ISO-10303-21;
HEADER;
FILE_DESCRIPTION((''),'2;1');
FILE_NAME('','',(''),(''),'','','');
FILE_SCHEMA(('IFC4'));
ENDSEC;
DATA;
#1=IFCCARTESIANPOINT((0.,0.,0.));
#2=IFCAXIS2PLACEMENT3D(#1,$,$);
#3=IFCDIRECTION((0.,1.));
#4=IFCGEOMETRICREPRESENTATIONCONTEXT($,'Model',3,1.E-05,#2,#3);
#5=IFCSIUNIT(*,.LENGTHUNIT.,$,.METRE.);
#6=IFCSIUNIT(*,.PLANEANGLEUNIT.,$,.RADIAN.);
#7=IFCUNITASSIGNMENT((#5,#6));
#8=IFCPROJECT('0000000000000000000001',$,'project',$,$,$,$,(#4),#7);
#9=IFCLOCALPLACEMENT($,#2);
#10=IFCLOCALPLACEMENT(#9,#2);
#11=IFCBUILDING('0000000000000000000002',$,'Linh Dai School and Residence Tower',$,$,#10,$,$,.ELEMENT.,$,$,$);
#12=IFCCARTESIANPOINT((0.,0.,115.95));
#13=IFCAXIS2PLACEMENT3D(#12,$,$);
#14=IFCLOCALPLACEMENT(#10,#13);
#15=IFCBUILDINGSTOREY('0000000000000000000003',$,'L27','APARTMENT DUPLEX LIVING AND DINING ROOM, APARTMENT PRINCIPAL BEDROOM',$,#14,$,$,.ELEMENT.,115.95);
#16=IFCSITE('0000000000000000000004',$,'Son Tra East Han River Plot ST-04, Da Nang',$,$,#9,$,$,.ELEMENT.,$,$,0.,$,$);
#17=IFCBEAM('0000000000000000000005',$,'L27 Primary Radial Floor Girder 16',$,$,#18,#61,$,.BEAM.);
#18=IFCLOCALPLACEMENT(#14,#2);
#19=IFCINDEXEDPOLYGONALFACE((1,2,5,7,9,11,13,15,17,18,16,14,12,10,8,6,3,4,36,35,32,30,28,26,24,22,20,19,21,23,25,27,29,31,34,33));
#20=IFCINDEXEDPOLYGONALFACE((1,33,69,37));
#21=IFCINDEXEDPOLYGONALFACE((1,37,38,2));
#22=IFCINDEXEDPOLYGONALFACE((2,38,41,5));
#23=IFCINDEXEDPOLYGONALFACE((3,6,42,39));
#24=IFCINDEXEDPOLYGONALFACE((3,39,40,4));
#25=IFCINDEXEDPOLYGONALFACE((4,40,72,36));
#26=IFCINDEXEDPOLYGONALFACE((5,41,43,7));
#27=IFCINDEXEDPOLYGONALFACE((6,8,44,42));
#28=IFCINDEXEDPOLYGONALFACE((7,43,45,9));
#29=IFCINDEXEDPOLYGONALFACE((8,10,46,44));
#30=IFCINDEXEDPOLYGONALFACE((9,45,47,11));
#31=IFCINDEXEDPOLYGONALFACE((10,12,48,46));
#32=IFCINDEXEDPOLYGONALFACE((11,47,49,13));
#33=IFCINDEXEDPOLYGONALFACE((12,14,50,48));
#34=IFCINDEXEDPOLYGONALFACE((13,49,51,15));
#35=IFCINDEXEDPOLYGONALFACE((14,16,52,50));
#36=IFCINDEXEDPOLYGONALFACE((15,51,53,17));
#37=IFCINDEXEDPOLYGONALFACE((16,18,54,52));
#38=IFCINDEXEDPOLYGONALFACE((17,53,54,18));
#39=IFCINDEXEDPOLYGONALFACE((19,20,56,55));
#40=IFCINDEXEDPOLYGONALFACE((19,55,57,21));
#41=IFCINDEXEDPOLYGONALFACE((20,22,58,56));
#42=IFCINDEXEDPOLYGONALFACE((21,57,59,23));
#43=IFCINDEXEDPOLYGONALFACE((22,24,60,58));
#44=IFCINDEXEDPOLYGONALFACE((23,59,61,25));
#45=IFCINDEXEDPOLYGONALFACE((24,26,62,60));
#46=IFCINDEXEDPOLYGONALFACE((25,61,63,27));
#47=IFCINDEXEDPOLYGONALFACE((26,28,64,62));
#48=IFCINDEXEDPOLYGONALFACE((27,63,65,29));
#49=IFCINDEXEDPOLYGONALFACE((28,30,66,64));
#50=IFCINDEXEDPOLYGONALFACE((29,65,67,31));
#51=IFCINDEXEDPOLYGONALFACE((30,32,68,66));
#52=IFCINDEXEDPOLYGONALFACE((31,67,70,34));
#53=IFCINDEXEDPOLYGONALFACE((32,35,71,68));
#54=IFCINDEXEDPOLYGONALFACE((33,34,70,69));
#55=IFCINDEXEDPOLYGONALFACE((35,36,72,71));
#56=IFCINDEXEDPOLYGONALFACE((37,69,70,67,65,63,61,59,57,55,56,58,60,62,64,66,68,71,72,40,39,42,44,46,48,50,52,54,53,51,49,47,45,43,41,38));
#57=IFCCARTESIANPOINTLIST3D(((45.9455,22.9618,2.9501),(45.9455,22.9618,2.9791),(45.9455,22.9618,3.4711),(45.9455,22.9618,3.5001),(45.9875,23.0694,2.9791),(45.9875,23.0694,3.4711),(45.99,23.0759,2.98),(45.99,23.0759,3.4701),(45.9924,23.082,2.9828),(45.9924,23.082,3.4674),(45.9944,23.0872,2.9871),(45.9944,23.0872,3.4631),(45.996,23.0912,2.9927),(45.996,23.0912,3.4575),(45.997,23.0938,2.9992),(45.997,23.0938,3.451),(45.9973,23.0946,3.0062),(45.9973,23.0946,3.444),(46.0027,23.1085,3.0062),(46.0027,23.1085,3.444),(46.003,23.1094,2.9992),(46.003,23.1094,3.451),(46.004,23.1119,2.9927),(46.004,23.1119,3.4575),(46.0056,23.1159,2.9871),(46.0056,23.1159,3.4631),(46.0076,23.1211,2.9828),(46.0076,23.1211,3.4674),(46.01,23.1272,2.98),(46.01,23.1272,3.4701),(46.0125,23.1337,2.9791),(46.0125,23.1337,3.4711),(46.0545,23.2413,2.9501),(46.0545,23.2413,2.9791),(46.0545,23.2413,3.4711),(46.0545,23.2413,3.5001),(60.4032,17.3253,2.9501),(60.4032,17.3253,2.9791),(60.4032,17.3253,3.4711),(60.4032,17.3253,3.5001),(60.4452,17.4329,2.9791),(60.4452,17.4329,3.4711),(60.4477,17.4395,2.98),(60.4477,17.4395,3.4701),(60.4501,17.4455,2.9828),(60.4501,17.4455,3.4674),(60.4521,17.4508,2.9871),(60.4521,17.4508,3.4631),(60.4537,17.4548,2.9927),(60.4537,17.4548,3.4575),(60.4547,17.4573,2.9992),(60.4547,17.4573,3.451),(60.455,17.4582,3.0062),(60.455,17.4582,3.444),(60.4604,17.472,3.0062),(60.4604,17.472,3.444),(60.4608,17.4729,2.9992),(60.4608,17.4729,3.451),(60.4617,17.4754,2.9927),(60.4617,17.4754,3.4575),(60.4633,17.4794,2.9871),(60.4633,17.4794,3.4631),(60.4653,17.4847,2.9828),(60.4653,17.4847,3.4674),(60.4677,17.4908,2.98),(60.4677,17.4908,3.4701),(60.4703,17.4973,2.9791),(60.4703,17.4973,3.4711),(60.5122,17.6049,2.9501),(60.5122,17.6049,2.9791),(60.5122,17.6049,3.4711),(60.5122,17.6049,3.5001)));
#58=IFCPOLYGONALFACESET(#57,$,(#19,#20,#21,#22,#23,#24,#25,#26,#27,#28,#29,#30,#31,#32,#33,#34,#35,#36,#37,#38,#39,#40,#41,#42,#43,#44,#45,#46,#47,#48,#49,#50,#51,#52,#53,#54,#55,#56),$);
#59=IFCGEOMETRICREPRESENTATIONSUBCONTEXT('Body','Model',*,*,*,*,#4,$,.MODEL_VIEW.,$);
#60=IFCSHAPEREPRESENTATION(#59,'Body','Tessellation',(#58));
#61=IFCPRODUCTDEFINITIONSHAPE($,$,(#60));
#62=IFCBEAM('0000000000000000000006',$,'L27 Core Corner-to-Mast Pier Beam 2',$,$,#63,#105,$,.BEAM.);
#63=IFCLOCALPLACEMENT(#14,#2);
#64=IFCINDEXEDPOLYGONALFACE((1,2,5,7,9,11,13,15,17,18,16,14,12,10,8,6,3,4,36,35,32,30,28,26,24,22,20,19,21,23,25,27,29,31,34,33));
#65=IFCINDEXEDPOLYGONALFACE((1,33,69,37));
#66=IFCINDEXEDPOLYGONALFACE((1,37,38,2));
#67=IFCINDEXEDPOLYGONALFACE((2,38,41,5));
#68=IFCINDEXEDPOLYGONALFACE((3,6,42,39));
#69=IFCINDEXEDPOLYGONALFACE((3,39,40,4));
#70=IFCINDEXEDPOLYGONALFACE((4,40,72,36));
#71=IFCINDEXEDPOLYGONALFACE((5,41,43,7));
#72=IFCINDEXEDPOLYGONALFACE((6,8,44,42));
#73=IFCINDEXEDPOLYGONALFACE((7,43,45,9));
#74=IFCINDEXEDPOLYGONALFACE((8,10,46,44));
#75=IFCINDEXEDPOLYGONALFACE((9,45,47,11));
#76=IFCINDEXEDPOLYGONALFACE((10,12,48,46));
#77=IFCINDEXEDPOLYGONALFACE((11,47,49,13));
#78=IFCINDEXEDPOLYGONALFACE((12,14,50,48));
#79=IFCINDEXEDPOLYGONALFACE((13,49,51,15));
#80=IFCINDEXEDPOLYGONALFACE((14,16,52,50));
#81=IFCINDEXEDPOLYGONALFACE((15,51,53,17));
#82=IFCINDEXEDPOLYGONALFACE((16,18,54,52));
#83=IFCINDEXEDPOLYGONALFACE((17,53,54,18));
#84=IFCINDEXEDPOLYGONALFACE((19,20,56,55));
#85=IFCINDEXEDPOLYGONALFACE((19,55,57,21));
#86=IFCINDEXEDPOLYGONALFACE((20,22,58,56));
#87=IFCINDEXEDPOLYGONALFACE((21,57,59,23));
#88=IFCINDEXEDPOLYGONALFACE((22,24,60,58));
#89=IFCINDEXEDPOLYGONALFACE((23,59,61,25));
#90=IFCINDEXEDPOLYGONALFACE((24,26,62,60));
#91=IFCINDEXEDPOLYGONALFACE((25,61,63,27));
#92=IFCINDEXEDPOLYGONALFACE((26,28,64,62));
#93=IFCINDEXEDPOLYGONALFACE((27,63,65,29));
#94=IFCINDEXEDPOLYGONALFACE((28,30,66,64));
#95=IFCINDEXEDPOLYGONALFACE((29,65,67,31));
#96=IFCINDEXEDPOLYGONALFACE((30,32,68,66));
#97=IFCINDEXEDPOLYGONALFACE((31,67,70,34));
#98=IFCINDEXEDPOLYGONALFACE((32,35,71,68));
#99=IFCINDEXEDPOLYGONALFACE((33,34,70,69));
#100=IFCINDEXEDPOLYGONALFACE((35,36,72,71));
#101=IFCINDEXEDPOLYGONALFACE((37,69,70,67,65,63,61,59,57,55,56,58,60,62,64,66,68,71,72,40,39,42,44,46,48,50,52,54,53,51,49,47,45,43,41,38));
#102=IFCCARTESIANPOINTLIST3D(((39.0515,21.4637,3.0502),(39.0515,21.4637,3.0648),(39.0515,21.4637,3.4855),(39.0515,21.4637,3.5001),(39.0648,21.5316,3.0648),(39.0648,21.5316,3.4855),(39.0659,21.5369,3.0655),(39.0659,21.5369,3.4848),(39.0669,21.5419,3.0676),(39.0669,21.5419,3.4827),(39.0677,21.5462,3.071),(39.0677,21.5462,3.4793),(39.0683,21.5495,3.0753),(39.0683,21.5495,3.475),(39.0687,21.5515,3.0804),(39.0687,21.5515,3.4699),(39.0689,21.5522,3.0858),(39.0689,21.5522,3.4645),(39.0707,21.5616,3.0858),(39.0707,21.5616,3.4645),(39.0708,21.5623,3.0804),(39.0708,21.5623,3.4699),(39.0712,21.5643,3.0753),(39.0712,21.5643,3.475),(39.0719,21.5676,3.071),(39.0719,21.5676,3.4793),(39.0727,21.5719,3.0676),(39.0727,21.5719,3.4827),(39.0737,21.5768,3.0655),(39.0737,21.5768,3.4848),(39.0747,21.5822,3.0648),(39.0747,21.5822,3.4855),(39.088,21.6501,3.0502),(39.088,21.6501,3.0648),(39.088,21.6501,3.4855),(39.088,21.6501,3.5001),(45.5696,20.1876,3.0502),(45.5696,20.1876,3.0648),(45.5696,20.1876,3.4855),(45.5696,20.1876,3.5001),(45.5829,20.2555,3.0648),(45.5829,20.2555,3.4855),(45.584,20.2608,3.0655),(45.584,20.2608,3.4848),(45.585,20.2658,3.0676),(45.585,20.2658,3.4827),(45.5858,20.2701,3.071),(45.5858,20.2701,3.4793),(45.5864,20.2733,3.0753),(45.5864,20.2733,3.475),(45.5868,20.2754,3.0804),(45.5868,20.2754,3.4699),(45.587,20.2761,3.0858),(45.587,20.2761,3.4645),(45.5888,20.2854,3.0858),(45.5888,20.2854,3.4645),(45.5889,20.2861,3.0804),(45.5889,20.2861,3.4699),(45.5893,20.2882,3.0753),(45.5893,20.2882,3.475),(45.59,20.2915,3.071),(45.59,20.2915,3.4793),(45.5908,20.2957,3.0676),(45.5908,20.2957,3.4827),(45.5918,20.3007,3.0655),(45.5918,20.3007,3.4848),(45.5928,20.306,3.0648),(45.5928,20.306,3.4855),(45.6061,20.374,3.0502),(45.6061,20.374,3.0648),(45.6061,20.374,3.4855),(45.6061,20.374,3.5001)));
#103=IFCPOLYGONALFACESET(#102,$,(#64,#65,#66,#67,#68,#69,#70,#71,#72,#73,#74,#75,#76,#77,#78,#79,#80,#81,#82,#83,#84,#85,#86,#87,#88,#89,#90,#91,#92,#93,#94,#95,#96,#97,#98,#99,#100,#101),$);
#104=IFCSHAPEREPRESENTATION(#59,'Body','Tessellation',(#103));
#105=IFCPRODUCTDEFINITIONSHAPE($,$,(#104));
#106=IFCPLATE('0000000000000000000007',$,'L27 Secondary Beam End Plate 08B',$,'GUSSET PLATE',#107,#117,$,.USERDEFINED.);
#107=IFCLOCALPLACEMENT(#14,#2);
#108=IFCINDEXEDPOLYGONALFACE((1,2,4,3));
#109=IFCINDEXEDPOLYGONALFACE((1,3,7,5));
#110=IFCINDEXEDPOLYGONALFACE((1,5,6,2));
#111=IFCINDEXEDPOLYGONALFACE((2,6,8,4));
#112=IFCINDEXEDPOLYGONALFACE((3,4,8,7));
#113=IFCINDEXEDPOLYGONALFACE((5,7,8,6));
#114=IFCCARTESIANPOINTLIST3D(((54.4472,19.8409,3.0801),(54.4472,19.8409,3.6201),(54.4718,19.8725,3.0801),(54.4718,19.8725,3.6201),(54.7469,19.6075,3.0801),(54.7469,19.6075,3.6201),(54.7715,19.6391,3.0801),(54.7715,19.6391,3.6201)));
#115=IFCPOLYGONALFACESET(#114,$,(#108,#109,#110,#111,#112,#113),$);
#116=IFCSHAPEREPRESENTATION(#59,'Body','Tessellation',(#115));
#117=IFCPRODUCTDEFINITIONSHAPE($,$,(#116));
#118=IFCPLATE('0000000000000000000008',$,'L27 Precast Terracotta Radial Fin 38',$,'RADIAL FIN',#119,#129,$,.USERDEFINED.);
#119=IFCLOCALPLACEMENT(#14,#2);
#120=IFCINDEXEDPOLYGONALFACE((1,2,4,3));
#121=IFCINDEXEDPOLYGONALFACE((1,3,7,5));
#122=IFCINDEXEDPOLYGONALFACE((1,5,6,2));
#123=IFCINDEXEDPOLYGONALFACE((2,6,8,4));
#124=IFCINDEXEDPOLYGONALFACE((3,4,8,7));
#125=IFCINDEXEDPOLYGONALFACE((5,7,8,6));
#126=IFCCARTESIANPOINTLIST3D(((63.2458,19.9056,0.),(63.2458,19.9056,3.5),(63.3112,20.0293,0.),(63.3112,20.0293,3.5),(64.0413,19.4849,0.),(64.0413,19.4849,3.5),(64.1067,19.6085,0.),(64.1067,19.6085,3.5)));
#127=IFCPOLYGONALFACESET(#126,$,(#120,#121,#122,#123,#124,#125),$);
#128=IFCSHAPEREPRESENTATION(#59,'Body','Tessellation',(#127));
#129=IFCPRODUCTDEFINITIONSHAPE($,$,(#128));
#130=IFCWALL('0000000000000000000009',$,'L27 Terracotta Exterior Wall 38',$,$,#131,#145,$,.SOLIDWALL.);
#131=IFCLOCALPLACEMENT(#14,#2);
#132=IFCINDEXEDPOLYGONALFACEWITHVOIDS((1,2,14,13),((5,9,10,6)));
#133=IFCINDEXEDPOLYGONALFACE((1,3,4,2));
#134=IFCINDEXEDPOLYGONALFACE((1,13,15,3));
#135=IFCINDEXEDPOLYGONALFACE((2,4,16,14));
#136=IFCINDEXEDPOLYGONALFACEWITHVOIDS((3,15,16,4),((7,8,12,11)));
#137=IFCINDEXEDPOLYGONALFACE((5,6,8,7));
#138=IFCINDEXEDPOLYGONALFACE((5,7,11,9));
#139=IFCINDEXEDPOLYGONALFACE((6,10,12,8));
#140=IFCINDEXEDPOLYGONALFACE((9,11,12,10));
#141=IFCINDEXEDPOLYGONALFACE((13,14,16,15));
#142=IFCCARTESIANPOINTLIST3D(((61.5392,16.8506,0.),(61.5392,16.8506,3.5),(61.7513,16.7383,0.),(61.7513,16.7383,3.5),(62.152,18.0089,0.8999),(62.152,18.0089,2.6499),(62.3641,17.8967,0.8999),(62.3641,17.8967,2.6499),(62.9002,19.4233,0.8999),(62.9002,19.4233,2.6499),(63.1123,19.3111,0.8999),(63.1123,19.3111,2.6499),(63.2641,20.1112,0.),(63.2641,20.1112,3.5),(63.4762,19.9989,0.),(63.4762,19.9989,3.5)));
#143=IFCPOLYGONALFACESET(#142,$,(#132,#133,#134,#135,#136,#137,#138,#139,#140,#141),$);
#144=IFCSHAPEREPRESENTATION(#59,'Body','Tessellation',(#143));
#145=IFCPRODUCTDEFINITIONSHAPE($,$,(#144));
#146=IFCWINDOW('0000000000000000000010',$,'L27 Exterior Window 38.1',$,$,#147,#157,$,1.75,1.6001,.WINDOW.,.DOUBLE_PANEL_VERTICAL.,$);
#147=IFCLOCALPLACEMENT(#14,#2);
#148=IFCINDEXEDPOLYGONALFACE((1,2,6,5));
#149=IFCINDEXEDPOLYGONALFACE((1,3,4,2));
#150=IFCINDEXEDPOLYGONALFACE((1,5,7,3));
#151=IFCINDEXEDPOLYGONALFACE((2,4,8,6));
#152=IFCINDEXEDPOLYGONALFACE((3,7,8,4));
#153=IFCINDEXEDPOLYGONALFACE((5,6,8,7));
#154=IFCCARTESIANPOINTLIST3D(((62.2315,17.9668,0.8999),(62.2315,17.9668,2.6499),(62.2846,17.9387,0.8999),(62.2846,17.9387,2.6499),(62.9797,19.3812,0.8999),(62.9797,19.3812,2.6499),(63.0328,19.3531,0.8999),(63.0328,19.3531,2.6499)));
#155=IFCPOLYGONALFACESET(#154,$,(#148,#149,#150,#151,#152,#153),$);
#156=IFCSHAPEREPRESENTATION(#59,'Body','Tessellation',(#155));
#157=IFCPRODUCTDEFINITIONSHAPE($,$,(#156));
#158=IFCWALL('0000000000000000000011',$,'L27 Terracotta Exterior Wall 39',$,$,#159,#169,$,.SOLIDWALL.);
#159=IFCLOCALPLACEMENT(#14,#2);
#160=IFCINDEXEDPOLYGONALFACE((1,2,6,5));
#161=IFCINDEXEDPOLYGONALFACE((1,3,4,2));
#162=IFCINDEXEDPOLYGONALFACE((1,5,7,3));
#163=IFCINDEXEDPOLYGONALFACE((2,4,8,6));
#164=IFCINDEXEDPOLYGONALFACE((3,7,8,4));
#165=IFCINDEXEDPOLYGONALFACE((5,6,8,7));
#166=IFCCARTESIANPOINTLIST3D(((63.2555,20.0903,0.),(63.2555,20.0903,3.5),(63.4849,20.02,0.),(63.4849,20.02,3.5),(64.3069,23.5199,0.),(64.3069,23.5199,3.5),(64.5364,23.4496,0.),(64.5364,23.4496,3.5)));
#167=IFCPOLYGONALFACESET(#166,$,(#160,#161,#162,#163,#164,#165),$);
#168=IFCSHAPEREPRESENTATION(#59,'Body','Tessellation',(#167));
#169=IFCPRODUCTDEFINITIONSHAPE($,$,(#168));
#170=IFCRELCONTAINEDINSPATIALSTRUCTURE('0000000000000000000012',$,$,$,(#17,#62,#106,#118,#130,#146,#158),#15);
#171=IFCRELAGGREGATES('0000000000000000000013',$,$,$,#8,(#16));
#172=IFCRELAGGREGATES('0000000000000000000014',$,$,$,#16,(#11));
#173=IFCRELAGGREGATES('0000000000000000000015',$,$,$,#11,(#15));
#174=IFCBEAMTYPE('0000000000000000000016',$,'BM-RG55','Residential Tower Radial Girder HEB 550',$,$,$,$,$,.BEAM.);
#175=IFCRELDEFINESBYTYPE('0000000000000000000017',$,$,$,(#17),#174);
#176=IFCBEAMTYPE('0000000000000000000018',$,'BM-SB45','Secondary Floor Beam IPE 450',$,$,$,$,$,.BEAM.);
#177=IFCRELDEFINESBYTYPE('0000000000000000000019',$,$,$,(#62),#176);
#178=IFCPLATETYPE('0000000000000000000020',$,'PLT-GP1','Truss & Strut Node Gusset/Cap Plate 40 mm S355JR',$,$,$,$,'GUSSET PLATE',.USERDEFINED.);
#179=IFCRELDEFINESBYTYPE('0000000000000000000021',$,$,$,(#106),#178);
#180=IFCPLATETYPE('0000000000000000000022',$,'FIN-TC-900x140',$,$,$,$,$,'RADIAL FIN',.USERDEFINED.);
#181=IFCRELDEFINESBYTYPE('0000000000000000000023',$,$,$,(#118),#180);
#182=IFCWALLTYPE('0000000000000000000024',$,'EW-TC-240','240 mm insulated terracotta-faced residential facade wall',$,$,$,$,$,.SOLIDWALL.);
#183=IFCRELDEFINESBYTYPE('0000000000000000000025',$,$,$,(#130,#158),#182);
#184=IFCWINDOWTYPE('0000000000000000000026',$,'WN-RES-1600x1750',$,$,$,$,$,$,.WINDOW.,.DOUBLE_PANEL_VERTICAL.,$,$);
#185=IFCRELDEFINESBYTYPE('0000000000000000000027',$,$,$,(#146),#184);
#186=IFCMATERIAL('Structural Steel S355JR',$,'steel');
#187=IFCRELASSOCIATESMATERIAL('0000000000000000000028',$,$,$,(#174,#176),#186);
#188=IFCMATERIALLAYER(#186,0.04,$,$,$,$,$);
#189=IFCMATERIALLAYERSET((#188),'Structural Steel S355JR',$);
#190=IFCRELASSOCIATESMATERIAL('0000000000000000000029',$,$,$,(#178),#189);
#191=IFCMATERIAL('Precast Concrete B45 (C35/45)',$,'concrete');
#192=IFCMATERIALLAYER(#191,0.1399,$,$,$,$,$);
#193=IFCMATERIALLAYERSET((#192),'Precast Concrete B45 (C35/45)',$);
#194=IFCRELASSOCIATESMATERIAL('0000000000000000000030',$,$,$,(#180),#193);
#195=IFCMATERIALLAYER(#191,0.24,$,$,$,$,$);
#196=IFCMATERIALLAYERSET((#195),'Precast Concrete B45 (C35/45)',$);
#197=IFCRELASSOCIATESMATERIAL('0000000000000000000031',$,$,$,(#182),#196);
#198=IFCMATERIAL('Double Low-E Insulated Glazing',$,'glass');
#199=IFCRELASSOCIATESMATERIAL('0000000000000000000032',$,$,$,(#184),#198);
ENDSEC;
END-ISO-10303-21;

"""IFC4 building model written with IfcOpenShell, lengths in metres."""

from ifc_helpers import new_model, si_unit, direction, frame, frame_2d, origin, origin_2d, place, context, subcontext, project, spatial, rectangle, i_section, extrude, source, transform, mapped, material, layer, layer_set, material_profile, profile_set, type_object, element, fill, save


model = new_model("IFC4")

# Units and contexts
model_context = context("Model", 3, precision=1e-05, world=origin(), true_north=direction((0.0, 1.0)))
body_context = subcontext(model_context, "Body", "Model", "MODEL_VIEW")
ifc_project = project(units=[si_unit("LENGTHUNIT", "METRE"), si_unit("PLANEANGLEUNIT", "RADIAN")], contexts=[model_context])

# Site, building, storey
site_placement = place(None, origin())
site = spatial("IfcSite", under=ifc_project, at=site_placement, Name="Son Tra East Han River Plot ST-04, Da Nang", CompositionType="ELEMENT", RefElevation=0.0)
building_placement = place(site_placement, origin())
building = spatial("IfcBuilding", under=site, at=building_placement, Name="Linh Dai School and Residence Tower", CompositionType="ELEMENT")
storey_placement = place(building_placement, frame((0.0, 0.0, 115.95)))
storey = spatial("IfcBuildingStorey", under=building, at=storey_placement, Name="L27", Description="APARTMENT DUPLEX LIVING AND DINING ROOM, APARTMENT PRINCIPAL BEDROOM", CompositionType="ELEMENT", Elevation=115.95)

# Shared definitions
ifc_material_1 = material(Name="Structural Steel S355JR", Category="steel")

# Beams
ifc_material_profile_1 = material_profile(ifc_material_1, i_section(OverallWidth=0.3, OverallDepth=0.55, WebThickness=0.0149, FlangeThickness=0.0291, FilletRadius=0.0271, at=origin_2d()), Name="HEB 550")
ifc_profile_set_1 = profile_set([ifc_material_profile_1], Name="Structural Steel S355JR")
beam_type_1 = type_object("IfcBeamType", Name="BM-RG55", Description="Residential Tower Radial Girder HEB 550", PredefinedType="BEAM", material=ifc_profile_set_1)
beam_1_placement = place(storey_placement, frame((46.0, 23.1016, 3.2251), z_axis=(0.931699, -0.36323, 0.0), x_axis=(0.36323, 0.931699, 0.0)))
element("IfcBeam", 1, at=beam_1_placement, inside=storey, type_object=beam_type_1, Name="L27 Primary Radial Floor Girder 16", PredefinedType="BEAM", context=body_context, shape_type="SweptSolid", body=[
    extrude(i_section(OverallWidth=0.3, OverallDepth=0.55, WebThickness=0.0149, FlangeThickness=0.0291, FilletRadius=0.0271, at=origin_2d()), origin(), (0.0, 0.0, 1.0), 15.5176),
])
ifc_material_profile_2 = material_profile(ifc_material_1, i_section(OverallWidth=0.1899, OverallDepth=0.45, WebThickness=0.0095, FlangeThickness=0.0146, FilletRadius=0.021, at=origin_2d()), Name="IPE 450")
ifc_profile_set_2 = profile_set([ifc_material_profile_2], Name="Structural Steel S355JR")
beam_type_2 = type_object("IfcBeamType", Name="BM-SB45", Description="Secondary Floor Beam IPE 450", PredefinedType="BEAM", material=ifc_profile_set_2)
beam_2_placement = place(storey_placement, frame((45.5879, 20.2808, 3.2751), z_axis=(-0.981369, 0.192135, 0.0), x_axis=(-0.192135, -0.981369, 0.0)))
element("IfcBeam", 2, at=beam_2_placement, inside=storey, type_object=beam_type_2, Name="L27 Core Corner-to-Mast Pier Beam 2", PredefinedType="BEAM", context=body_context, shape_type="SweptSolid", body=[
    extrude(i_section(OverallWidth=0.1899, OverallDepth=0.45, WebThickness=0.0095, FlangeThickness=0.0146, FilletRadius=0.021, at=origin_2d()), origin(), (0.0, 0.0, 1.0), 6.6418),
])

# Plates
ifc_layer_1 = layer(ifc_material_1, 0.04)
ifc_layer_set_1 = layer_set([ifc_layer_1], Name="Structural Steel S355JR")
plate_type_1 = type_object("IfcPlateType", Name="PLT-GP1", Description="Truss & Strut Node Gusset/Cap Plate 40 mm S355JR", ElementType="GUSSET PLATE", PredefinedType="USERDEFINED", material=ifc_layer_set_1)
shared_shape_1 = source(origin(), body_context, "Body", "SweptSolid", [
    extrude(rectangle(XDim=0.04, YDim=0.3799, at=origin_2d()), origin(), (0.0, 0.0, 1.0), 0.54),
])
plate_1_placement = place(storey_placement, frame((54.6094, 19.74, 3.0801), z_axis=(0.0, 0.0, 1.0), x_axis=(0.614363, 0.789024, 0.0)))
element("IfcPlate", 3, at=plate_1_placement, inside=storey, type_object=plate_type_1, Name="L27 Secondary Beam End Plate 08B", ObjectType="GUSSET PLATE", PredefinedType="USERDEFINED", context=body_context, shape_type="MappedRepresentation", body=[
    mapped(shared_shape_1, transform((0.0, 0.0, 0.0), x_axis=(1.0, 0.0, 0.0), y_axis=(0.0, 1.0, 0.0), z_axis=(0.0, 0.0, 1.0), scale=1.0)),
])
ifc_material_2 = material(Name="Precast Concrete B45 (C35/45)", Category="concrete")
ifc_layer_2 = layer(ifc_material_2, 0.1399)
ifc_layer_set_2 = layer_set([ifc_layer_2], Name="Precast Concrete B45 (C35/45)")
plate_type_2 = type_object("IfcPlateType", Name="FIN-TC-900x140", ElementType="RADIAL FIN", PredefinedType="USERDEFINED", material=ifc_layer_set_2)
shared_shape_2 = source(origin(), body_context, "Body", "SweptSolid", [
    extrude(rectangle(XDim=0.8999, YDim=0.1399, at=origin_2d()), origin(), (0.0, 0.0, 1.0), 3.5),
])
plate_2_placement = place(storey_placement, frame((63.6763, 19.7571, 0.0), z_axis=(0.0, 0.0, 1.0), x_axis=(0.883942, -0.467596, 0.0)))
element("IfcPlate", 4, at=plate_2_placement, inside=storey, type_object=plate_type_2, Name="L27 Precast Terracotta Radial Fin 38", ObjectType="RADIAL FIN", PredefinedType="USERDEFINED", context=body_context, shape_type="MappedRepresentation", body=[
    mapped(shared_shape_2, transform((0.0, 0.0, 0.0), x_axis=(1.0, 0.0, 0.0), y_axis=(0.0, 1.0, 0.0), z_axis=(0.0, 0.0, 1.0), scale=1.0)),
])

# Wall, opening, window
ifc_layer_3 = layer(ifc_material_2, 0.24)
ifc_layer_set_3 = layer_set([ifc_layer_3], Name="Precast Concrete B45 (C35/45)")
wall_type_1 = type_object("IfcWallType", Name="EW-TC-240", Description="240 mm insulated terracotta-faced residential facade wall", PredefinedType="SOLIDWALL", material=ifc_layer_set_3)
wall_1_placement = place(storey_placement, frame((63.3701, 20.0549, 0.0), z_axis=(0.0, 0.0, 1.0), x_axis=(-0.467614, -0.883933, 0.0)))
wall_1 = element("IfcWall", 5, at=wall_1_placement, inside=storey, type_object=wall_type_1, Name="L27 Terracotta Exterior Wall 38", PredefinedType="SOLIDWALL", context=body_context, shape_type="SweptSolid", body=[
    extrude(rectangle(XDim=3.6887, YDim=0.24, at=frame_2d((1.8442, 0.0))), origin(), (0.0, 0.0, 1.0), 3.5),
])
opening_1_placement = place(wall_1_placement, frame((0.7781, 0.0, 0.8999)))
opening_1 = element("IfcOpeningElement", 6, at=opening_1_placement, cuts=wall_1, PredefinedType="OPENING", context=body_context, shape_type="SweptSolid", body=[
    extrude(rectangle(XDim=1.6001, YDim=1.75, at=origin_2d()), frame((0.8, 0.1299, 0.875), z_axis=(0.0, -1.0, 0.0), x_axis=(1.0, 0.0, 0.0)), (0.0, 0.0, 1.0), 0.26),
])
ifc_material_3 = material(Name="Double Low-E Insulated Glazing", Category="glass")
window_type = type_object("IfcWindowType", Name="WN-RES-1600x1750", PartitioningType="DOUBLE_PANEL_VERTICAL", PredefinedType="WINDOW", material=ifc_material_3)
shared_shape_3 = source(origin(), body_context, "Body", "SweptSolid", [
    extrude(rectangle(XDim=1.6001, YDim=1.75, at=origin_2d()), frame((0.8, 0.03, 0.875), z_axis=(0.0, -1.0, 0.0), x_axis=(1.0, 0.0, 0.0)), (0.0, 0.0, 1.0), 0.0601),
])
window_placement = place(opening_1_placement, origin())
window = element("IfcWindow", 7, at=window_placement, inside=storey, type_object=window_type, Name="L27 Exterior Window 38.1", OverallHeight=1.75, OverallWidth=1.6001, PartitioningType="DOUBLE_PANEL_VERTICAL", PredefinedType="WINDOW", context=body_context, shape_type="MappedRepresentation", body=[
    mapped(shared_shape_3, transform((0.0, 0.0, 0.0), x_axis=(1.0, 0.0, 0.0), y_axis=(0.0, 1.0, 0.0), z_axis=(0.0, 0.0, 1.0), scale=1.0)),
])
fill(opening_1, window)

# Wall
wall_2_placement = place(storey_placement, frame((64.4216, 23.4846, 0.0), z_axis=(0.0, 0.0, 1.0), x_axis=(-0.293124, -0.956074, 0.0)))
element("IfcWall", 8, at=wall_2_placement, inside=storey, type_object=wall_type_1, Name="L27 Terracotta Exterior Wall 39", PredefinedType="SOLIDWALL", context=body_context, shape_type="SweptSolid", body=[
    extrude(rectangle(XDim=3.5872, YDim=0.24, at=frame_2d((1.7935, 0.0))), origin(), (0.0, 0.0, 1.0), 3.5),
])

save(model, "model.ifc")
